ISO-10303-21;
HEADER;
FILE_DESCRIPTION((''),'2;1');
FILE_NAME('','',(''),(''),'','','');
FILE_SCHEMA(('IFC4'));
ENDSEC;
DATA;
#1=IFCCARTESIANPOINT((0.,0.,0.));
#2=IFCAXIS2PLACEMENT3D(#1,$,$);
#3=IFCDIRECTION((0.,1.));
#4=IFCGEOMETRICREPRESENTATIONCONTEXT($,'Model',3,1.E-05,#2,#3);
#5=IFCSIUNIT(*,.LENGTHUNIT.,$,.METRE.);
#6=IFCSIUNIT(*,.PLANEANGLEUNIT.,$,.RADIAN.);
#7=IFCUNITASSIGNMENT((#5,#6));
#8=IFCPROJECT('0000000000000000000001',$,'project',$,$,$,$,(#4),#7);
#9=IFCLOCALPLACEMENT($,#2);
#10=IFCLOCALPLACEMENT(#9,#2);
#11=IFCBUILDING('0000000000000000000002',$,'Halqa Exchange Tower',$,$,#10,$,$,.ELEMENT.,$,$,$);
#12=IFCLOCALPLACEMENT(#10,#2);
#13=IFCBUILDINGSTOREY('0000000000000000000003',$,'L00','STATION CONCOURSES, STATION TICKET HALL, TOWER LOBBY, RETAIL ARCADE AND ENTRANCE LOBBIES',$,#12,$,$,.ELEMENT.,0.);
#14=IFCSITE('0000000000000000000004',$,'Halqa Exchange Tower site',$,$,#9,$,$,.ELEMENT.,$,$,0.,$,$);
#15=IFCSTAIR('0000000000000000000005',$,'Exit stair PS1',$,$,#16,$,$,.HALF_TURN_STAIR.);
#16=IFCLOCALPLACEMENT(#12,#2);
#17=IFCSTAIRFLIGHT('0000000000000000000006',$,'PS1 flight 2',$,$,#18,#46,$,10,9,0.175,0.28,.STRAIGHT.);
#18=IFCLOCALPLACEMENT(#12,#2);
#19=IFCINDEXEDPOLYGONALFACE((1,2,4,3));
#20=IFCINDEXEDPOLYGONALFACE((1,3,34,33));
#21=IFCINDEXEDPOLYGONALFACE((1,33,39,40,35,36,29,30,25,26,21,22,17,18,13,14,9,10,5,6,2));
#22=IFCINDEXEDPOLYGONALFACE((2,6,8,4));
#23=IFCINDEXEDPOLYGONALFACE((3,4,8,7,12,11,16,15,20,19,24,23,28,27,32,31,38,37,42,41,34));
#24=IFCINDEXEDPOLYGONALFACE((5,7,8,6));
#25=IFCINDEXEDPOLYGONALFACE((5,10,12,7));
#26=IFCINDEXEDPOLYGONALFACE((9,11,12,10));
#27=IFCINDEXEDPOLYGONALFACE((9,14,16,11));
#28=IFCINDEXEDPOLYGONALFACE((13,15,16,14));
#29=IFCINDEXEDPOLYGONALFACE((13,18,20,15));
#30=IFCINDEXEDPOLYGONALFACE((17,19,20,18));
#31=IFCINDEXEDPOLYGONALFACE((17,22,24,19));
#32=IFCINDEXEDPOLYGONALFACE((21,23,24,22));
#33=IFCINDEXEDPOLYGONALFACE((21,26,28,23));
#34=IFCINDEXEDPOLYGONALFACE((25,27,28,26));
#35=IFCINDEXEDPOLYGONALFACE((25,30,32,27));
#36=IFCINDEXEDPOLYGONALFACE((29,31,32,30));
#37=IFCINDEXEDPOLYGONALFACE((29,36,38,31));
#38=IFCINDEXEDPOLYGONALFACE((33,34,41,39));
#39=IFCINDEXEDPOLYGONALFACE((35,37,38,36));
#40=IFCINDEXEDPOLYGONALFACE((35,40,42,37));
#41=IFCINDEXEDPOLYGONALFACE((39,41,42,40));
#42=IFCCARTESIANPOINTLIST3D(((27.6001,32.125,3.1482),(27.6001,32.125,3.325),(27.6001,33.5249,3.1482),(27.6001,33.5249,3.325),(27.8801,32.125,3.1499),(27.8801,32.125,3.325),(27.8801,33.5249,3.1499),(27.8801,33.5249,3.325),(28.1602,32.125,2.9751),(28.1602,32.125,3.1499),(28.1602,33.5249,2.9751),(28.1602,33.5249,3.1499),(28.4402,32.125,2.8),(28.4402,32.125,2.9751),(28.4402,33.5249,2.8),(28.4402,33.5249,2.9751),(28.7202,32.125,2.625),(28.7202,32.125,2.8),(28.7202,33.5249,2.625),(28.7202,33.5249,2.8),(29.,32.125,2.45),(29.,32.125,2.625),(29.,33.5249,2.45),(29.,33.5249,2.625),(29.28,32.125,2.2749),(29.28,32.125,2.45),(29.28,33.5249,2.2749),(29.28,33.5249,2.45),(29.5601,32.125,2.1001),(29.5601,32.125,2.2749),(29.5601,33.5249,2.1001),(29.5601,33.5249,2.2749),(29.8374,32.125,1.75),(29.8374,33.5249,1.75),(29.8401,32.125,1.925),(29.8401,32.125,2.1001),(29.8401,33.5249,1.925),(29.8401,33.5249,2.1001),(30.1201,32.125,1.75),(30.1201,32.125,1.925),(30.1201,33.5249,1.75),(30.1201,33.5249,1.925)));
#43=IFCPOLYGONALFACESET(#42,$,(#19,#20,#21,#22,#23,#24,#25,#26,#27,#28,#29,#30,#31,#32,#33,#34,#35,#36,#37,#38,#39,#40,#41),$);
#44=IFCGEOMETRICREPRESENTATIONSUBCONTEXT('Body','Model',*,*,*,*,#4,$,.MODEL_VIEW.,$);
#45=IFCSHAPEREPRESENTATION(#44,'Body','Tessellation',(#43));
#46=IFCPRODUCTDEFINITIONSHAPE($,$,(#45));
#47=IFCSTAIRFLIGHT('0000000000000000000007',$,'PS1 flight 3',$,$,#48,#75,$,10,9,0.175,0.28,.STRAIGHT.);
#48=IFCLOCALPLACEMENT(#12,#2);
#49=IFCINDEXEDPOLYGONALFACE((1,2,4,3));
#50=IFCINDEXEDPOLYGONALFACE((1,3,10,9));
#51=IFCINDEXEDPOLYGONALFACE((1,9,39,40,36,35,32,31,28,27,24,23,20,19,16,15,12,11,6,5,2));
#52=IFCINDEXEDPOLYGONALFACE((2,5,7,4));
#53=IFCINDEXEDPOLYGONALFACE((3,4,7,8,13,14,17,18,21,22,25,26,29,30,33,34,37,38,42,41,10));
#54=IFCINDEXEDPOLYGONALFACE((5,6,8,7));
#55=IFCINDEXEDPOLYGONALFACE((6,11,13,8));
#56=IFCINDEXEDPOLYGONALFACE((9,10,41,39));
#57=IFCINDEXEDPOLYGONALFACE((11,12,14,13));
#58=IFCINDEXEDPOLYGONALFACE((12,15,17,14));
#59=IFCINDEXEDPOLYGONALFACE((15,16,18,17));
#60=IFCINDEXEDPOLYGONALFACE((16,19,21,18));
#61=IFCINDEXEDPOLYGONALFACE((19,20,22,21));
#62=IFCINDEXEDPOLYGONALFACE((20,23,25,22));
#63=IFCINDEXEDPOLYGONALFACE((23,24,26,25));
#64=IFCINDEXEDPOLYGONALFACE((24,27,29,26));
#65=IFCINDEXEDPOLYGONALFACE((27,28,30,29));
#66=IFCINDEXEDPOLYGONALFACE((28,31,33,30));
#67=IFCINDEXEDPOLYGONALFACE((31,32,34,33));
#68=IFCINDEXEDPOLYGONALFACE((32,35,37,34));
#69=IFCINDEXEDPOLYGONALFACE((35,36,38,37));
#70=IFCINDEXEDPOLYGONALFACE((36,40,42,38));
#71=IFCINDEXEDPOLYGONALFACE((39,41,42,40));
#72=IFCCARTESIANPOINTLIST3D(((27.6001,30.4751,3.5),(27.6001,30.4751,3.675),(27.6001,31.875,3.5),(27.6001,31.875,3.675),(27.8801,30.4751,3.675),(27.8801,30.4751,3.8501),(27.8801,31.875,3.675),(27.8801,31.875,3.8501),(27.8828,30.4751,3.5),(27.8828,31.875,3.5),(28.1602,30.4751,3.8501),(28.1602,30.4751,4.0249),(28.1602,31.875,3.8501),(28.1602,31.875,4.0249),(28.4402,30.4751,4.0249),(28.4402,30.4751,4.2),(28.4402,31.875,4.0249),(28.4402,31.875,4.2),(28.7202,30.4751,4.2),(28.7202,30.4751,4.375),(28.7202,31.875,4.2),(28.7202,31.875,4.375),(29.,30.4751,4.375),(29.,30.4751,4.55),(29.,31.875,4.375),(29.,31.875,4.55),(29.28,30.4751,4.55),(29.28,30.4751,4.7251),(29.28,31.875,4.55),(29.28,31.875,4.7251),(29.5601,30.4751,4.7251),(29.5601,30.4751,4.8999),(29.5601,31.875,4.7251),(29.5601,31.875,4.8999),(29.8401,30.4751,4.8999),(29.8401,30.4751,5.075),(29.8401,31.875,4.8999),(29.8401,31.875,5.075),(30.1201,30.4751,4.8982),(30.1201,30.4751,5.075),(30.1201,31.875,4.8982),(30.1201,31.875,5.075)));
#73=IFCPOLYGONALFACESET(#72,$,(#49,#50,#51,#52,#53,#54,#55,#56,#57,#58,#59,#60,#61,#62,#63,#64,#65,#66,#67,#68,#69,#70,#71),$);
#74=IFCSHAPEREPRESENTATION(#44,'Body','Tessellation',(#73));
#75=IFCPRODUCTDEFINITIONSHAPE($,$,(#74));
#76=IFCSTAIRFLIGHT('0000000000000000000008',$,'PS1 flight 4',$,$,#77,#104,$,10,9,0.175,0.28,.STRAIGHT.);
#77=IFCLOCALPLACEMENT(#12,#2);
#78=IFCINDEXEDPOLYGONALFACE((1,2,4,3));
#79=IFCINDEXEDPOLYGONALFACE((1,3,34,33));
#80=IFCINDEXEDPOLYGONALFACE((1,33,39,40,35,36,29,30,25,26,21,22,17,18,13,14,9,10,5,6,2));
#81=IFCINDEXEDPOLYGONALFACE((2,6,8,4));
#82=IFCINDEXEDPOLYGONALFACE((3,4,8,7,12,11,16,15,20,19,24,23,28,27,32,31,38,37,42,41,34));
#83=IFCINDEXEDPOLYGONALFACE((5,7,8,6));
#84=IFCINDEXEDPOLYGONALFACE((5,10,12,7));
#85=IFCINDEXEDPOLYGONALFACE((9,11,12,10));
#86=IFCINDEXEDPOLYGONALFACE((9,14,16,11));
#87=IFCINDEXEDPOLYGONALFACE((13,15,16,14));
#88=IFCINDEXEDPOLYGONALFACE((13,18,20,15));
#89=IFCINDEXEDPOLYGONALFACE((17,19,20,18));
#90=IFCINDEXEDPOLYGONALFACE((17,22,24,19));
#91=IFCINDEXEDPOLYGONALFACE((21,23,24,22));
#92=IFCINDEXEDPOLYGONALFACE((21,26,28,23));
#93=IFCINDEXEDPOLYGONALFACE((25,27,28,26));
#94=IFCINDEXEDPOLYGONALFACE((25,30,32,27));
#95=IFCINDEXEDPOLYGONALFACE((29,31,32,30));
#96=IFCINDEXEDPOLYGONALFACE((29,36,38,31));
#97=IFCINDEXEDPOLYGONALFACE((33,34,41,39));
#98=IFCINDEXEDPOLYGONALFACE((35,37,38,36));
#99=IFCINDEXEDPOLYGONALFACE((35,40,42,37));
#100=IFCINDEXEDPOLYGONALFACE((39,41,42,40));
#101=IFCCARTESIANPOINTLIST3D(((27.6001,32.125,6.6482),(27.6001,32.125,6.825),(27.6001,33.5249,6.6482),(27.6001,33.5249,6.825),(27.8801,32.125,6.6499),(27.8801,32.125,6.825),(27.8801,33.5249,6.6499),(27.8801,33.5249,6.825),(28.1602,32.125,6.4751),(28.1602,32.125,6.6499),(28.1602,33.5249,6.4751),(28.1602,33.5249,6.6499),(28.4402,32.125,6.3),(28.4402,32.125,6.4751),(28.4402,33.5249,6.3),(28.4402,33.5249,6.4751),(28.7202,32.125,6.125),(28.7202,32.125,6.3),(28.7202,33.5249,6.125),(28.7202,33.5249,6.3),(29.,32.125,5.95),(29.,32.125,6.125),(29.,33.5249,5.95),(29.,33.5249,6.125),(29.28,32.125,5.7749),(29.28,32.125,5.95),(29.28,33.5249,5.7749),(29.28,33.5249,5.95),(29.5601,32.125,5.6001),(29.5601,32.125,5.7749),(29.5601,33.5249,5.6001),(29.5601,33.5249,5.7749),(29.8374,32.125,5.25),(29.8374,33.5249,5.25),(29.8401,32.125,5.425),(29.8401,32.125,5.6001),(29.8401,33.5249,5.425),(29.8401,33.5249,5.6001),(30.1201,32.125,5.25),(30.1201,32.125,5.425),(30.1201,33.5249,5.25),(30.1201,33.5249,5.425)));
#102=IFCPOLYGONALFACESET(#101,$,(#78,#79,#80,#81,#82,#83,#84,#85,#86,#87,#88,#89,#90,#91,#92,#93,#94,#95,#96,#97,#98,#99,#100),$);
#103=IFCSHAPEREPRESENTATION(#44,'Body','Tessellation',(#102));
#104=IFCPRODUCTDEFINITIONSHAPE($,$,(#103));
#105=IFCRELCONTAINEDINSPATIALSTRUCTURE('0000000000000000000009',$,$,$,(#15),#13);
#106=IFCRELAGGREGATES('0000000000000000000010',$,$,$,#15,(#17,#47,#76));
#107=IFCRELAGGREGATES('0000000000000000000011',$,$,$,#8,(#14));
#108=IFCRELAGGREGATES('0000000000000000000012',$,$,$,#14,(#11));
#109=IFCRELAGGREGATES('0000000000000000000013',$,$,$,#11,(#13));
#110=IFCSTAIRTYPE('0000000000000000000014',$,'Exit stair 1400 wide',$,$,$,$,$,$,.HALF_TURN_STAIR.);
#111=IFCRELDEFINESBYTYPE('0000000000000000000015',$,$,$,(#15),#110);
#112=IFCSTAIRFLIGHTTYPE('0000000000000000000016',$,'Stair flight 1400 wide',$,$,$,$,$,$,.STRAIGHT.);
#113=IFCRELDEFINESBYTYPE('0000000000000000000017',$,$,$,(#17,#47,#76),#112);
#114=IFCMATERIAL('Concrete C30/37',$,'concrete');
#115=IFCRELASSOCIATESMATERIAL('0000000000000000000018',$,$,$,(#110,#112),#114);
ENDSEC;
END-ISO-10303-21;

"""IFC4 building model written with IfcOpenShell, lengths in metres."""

from ifc_helpers import new_model, si_unit, direction, frame, origin, place, context, subcontext, project, spatial, polyline, outline, extrude, material, type_object, element, aggregate, save


model = new_model("IFC4")

# Units and contexts
model_context = context("Model", 3, precision=1e-05, world=origin(), true_north=direction((0.0, 1.0)))
body_context = subcontext(model_context, "Body", "Model", "MODEL_VIEW")
ifc_project = project(units=[si_unit("LENGTHUNIT", "METRE"), si_unit("PLANEANGLEUNIT", "RADIAN")], contexts=[model_context])

# Site, building, storey
site_placement = place(None, origin())
site = spatial("IfcSite", under=ifc_project, at=site_placement, Name="Halqa Exchange Tower site", CompositionType="ELEMENT", RefElevation=0.0)
building_placement = place(site_placement, origin())
building = spatial("IfcBuilding", under=site, at=building_placement, Name="Halqa Exchange Tower", CompositionType="ELEMENT")
storey_placement = place(building_placement, origin())
storey = spatial("IfcBuildingStorey", under=building, at=storey_placement, Name="L00", Description="STATION CONCOURSES, STATION TICKET HALL, TOWER LOBBY, RETAIL ARCADE AND ENTRANCE LOBBIES", CompositionType="ELEMENT", Elevation=0.0)

# Shared definitions
ifc_material_1 = material(Name="Concrete C30/37", Category="concrete")

# Stair, stair flights
stair_type = type_object("IfcStairType", Name="Exit stair 1400 wide", PredefinedType="HALF_TURN_STAIR", material=ifc_material_1)
stair_placement = place(storey_placement, origin())
stair = element("IfcStair", 1, at=stair_placement, inside=storey, type_object=stair_type, Name="Exit stair PS1", PredefinedType="HALF_TURN_STAIR")
stair_flight_type = type_object("IfcStairFlightType", Name="Stair flight 1400 wide", PredefinedType="STRAIGHT", material=ifc_material_1)
stair_flight_1_placement = place(storey_placement, frame((30.1201, 32.825, 1.75), z_axis=(0.0, 0.0, 1.0), x_axis=(-1.0, 0.0, 0.0)))
stair_flight_1 = element("IfcStairFlight", 2, at=stair_flight_1_placement, type_object=stair_flight_type, Name="PS1 flight 2", NumberOfRisers=10, NumberOfTreads=9, PredefinedType="STRAIGHT", RiserHeight=0.175, TreadLength=0.28, context=body_context, shape_type="SweptSolid", body=[
    extrude(outline(polyline([(0.0, 0.0), (0.0, 0.175), (0.28, 0.175), (0.28, 0.3501), (0.5601, 0.3501), (0.5601, 0.5249), (0.8401, 0.5249), (0.8401, 0.7), (1.1201, 0.7), (1.1201, 0.875), (1.3999, 0.875), (1.3999, 1.05), (1.6799, 1.05), (1.6799, 1.2251), (1.96, 1.2251), (1.96, 1.3999), (2.24, 1.3999), (2.24, 1.575), (2.52, 1.575), (2.52, 1.75), (2.52, 1.3982), (0.2827, 0.0), (0.0, 0.0)])), frame((0.0, 0.7, 0.0), z_axis=(0.0, -1.0, 0.0), x_axis=(1.0, 0.0, 0.0)), (0.0, 0.0, 1.0), 1.3999),
])
stair_flight_2_placement = place(storey_placement, frame((27.6001, 31.175, 3.5), z_axis=(0.0, 0.0, 1.0), x_axis=(1.0, 0.0, 0.0)))
stair_flight_2 = element("IfcStairFlight", 3, at=stair_flight_2_placement, type_object=stair_flight_type, Name="PS1 flight 3", NumberOfRisers=10, NumberOfTreads=9, PredefinedType="STRAIGHT", RiserHeight=0.175, TreadLength=0.28, context=body_context, shape_type="SweptSolid", body=[
    extrude(outline(polyline([(0.0, 0.0), (0.0, 0.175), (0.28, 0.175), (0.28, 0.3501), (0.5601, 0.3501), (0.5601, 0.5249), (0.8401, 0.5249), (0.8401, 0.7), (1.1201, 0.7), (1.1201, 0.875), (1.3999, 0.875), (1.3999, 1.05), (1.6799, 1.05), (1.6799, 1.2251), (1.96, 1.2251), (1.96, 1.3999), (2.24, 1.3999), (2.24, 1.575), (2.52, 1.575), (2.52, 1.75), (2.52, 1.3982), (0.2827, 0.0), (0.0, 0.0)])), frame((0.0, 0.7, 0.0), z_axis=(0.0, -1.0, 0.0), x_axis=(1.0, 0.0, 0.0)), (0.0, 0.0, 1.0), 1.3999),
])
stair_flight_3_placement = place(storey_placement, frame((30.1201, 32.825, 5.25), z_axis=(0.0, 0.0, 1.0), x_axis=(-1.0, 0.0, 0.0)))
stair_flight_3 = element("IfcStairFlight", 4, at=stair_flight_3_placement, type_object=stair_flight_type, Name="PS1 flight 4", NumberOfRisers=10, NumberOfTreads=9, PredefinedType="STRAIGHT", RiserHeight=0.175, TreadLength=0.28, context=body_context, shape_type="SweptSolid", body=[
    extrude(outline(polyline([(0.0, 0.0), (0.0, 0.175), (0.28, 0.175), (0.28, 0.3501), (0.5601, 0.3501), (0.5601, 0.5249), (0.8401, 0.5249), (0.8401, 0.7), (1.1201, 0.7), (1.1201, 0.875), (1.3999, 0.875), (1.3999, 1.05), (1.6799, 1.05), (1.6799, 1.2251), (1.96, 1.2251), (1.96, 1.3999), (2.24, 1.3999), (2.24, 1.575), (2.52, 1.575), (2.52, 1.75), (2.52, 1.3982), (0.2827, 0.0), (0.0, 0.0)])), frame((0.0, 0.7, 0.0), z_axis=(0.0, -1.0, 0.0), x_axis=(1.0, 0.0, 0.0)), (0.0, 0.0, 1.0), 1.3999),
])
aggregate(stair, [stair_flight_1, stair_flight_2, stair_flight_3])

save(model, "model.ifc")
